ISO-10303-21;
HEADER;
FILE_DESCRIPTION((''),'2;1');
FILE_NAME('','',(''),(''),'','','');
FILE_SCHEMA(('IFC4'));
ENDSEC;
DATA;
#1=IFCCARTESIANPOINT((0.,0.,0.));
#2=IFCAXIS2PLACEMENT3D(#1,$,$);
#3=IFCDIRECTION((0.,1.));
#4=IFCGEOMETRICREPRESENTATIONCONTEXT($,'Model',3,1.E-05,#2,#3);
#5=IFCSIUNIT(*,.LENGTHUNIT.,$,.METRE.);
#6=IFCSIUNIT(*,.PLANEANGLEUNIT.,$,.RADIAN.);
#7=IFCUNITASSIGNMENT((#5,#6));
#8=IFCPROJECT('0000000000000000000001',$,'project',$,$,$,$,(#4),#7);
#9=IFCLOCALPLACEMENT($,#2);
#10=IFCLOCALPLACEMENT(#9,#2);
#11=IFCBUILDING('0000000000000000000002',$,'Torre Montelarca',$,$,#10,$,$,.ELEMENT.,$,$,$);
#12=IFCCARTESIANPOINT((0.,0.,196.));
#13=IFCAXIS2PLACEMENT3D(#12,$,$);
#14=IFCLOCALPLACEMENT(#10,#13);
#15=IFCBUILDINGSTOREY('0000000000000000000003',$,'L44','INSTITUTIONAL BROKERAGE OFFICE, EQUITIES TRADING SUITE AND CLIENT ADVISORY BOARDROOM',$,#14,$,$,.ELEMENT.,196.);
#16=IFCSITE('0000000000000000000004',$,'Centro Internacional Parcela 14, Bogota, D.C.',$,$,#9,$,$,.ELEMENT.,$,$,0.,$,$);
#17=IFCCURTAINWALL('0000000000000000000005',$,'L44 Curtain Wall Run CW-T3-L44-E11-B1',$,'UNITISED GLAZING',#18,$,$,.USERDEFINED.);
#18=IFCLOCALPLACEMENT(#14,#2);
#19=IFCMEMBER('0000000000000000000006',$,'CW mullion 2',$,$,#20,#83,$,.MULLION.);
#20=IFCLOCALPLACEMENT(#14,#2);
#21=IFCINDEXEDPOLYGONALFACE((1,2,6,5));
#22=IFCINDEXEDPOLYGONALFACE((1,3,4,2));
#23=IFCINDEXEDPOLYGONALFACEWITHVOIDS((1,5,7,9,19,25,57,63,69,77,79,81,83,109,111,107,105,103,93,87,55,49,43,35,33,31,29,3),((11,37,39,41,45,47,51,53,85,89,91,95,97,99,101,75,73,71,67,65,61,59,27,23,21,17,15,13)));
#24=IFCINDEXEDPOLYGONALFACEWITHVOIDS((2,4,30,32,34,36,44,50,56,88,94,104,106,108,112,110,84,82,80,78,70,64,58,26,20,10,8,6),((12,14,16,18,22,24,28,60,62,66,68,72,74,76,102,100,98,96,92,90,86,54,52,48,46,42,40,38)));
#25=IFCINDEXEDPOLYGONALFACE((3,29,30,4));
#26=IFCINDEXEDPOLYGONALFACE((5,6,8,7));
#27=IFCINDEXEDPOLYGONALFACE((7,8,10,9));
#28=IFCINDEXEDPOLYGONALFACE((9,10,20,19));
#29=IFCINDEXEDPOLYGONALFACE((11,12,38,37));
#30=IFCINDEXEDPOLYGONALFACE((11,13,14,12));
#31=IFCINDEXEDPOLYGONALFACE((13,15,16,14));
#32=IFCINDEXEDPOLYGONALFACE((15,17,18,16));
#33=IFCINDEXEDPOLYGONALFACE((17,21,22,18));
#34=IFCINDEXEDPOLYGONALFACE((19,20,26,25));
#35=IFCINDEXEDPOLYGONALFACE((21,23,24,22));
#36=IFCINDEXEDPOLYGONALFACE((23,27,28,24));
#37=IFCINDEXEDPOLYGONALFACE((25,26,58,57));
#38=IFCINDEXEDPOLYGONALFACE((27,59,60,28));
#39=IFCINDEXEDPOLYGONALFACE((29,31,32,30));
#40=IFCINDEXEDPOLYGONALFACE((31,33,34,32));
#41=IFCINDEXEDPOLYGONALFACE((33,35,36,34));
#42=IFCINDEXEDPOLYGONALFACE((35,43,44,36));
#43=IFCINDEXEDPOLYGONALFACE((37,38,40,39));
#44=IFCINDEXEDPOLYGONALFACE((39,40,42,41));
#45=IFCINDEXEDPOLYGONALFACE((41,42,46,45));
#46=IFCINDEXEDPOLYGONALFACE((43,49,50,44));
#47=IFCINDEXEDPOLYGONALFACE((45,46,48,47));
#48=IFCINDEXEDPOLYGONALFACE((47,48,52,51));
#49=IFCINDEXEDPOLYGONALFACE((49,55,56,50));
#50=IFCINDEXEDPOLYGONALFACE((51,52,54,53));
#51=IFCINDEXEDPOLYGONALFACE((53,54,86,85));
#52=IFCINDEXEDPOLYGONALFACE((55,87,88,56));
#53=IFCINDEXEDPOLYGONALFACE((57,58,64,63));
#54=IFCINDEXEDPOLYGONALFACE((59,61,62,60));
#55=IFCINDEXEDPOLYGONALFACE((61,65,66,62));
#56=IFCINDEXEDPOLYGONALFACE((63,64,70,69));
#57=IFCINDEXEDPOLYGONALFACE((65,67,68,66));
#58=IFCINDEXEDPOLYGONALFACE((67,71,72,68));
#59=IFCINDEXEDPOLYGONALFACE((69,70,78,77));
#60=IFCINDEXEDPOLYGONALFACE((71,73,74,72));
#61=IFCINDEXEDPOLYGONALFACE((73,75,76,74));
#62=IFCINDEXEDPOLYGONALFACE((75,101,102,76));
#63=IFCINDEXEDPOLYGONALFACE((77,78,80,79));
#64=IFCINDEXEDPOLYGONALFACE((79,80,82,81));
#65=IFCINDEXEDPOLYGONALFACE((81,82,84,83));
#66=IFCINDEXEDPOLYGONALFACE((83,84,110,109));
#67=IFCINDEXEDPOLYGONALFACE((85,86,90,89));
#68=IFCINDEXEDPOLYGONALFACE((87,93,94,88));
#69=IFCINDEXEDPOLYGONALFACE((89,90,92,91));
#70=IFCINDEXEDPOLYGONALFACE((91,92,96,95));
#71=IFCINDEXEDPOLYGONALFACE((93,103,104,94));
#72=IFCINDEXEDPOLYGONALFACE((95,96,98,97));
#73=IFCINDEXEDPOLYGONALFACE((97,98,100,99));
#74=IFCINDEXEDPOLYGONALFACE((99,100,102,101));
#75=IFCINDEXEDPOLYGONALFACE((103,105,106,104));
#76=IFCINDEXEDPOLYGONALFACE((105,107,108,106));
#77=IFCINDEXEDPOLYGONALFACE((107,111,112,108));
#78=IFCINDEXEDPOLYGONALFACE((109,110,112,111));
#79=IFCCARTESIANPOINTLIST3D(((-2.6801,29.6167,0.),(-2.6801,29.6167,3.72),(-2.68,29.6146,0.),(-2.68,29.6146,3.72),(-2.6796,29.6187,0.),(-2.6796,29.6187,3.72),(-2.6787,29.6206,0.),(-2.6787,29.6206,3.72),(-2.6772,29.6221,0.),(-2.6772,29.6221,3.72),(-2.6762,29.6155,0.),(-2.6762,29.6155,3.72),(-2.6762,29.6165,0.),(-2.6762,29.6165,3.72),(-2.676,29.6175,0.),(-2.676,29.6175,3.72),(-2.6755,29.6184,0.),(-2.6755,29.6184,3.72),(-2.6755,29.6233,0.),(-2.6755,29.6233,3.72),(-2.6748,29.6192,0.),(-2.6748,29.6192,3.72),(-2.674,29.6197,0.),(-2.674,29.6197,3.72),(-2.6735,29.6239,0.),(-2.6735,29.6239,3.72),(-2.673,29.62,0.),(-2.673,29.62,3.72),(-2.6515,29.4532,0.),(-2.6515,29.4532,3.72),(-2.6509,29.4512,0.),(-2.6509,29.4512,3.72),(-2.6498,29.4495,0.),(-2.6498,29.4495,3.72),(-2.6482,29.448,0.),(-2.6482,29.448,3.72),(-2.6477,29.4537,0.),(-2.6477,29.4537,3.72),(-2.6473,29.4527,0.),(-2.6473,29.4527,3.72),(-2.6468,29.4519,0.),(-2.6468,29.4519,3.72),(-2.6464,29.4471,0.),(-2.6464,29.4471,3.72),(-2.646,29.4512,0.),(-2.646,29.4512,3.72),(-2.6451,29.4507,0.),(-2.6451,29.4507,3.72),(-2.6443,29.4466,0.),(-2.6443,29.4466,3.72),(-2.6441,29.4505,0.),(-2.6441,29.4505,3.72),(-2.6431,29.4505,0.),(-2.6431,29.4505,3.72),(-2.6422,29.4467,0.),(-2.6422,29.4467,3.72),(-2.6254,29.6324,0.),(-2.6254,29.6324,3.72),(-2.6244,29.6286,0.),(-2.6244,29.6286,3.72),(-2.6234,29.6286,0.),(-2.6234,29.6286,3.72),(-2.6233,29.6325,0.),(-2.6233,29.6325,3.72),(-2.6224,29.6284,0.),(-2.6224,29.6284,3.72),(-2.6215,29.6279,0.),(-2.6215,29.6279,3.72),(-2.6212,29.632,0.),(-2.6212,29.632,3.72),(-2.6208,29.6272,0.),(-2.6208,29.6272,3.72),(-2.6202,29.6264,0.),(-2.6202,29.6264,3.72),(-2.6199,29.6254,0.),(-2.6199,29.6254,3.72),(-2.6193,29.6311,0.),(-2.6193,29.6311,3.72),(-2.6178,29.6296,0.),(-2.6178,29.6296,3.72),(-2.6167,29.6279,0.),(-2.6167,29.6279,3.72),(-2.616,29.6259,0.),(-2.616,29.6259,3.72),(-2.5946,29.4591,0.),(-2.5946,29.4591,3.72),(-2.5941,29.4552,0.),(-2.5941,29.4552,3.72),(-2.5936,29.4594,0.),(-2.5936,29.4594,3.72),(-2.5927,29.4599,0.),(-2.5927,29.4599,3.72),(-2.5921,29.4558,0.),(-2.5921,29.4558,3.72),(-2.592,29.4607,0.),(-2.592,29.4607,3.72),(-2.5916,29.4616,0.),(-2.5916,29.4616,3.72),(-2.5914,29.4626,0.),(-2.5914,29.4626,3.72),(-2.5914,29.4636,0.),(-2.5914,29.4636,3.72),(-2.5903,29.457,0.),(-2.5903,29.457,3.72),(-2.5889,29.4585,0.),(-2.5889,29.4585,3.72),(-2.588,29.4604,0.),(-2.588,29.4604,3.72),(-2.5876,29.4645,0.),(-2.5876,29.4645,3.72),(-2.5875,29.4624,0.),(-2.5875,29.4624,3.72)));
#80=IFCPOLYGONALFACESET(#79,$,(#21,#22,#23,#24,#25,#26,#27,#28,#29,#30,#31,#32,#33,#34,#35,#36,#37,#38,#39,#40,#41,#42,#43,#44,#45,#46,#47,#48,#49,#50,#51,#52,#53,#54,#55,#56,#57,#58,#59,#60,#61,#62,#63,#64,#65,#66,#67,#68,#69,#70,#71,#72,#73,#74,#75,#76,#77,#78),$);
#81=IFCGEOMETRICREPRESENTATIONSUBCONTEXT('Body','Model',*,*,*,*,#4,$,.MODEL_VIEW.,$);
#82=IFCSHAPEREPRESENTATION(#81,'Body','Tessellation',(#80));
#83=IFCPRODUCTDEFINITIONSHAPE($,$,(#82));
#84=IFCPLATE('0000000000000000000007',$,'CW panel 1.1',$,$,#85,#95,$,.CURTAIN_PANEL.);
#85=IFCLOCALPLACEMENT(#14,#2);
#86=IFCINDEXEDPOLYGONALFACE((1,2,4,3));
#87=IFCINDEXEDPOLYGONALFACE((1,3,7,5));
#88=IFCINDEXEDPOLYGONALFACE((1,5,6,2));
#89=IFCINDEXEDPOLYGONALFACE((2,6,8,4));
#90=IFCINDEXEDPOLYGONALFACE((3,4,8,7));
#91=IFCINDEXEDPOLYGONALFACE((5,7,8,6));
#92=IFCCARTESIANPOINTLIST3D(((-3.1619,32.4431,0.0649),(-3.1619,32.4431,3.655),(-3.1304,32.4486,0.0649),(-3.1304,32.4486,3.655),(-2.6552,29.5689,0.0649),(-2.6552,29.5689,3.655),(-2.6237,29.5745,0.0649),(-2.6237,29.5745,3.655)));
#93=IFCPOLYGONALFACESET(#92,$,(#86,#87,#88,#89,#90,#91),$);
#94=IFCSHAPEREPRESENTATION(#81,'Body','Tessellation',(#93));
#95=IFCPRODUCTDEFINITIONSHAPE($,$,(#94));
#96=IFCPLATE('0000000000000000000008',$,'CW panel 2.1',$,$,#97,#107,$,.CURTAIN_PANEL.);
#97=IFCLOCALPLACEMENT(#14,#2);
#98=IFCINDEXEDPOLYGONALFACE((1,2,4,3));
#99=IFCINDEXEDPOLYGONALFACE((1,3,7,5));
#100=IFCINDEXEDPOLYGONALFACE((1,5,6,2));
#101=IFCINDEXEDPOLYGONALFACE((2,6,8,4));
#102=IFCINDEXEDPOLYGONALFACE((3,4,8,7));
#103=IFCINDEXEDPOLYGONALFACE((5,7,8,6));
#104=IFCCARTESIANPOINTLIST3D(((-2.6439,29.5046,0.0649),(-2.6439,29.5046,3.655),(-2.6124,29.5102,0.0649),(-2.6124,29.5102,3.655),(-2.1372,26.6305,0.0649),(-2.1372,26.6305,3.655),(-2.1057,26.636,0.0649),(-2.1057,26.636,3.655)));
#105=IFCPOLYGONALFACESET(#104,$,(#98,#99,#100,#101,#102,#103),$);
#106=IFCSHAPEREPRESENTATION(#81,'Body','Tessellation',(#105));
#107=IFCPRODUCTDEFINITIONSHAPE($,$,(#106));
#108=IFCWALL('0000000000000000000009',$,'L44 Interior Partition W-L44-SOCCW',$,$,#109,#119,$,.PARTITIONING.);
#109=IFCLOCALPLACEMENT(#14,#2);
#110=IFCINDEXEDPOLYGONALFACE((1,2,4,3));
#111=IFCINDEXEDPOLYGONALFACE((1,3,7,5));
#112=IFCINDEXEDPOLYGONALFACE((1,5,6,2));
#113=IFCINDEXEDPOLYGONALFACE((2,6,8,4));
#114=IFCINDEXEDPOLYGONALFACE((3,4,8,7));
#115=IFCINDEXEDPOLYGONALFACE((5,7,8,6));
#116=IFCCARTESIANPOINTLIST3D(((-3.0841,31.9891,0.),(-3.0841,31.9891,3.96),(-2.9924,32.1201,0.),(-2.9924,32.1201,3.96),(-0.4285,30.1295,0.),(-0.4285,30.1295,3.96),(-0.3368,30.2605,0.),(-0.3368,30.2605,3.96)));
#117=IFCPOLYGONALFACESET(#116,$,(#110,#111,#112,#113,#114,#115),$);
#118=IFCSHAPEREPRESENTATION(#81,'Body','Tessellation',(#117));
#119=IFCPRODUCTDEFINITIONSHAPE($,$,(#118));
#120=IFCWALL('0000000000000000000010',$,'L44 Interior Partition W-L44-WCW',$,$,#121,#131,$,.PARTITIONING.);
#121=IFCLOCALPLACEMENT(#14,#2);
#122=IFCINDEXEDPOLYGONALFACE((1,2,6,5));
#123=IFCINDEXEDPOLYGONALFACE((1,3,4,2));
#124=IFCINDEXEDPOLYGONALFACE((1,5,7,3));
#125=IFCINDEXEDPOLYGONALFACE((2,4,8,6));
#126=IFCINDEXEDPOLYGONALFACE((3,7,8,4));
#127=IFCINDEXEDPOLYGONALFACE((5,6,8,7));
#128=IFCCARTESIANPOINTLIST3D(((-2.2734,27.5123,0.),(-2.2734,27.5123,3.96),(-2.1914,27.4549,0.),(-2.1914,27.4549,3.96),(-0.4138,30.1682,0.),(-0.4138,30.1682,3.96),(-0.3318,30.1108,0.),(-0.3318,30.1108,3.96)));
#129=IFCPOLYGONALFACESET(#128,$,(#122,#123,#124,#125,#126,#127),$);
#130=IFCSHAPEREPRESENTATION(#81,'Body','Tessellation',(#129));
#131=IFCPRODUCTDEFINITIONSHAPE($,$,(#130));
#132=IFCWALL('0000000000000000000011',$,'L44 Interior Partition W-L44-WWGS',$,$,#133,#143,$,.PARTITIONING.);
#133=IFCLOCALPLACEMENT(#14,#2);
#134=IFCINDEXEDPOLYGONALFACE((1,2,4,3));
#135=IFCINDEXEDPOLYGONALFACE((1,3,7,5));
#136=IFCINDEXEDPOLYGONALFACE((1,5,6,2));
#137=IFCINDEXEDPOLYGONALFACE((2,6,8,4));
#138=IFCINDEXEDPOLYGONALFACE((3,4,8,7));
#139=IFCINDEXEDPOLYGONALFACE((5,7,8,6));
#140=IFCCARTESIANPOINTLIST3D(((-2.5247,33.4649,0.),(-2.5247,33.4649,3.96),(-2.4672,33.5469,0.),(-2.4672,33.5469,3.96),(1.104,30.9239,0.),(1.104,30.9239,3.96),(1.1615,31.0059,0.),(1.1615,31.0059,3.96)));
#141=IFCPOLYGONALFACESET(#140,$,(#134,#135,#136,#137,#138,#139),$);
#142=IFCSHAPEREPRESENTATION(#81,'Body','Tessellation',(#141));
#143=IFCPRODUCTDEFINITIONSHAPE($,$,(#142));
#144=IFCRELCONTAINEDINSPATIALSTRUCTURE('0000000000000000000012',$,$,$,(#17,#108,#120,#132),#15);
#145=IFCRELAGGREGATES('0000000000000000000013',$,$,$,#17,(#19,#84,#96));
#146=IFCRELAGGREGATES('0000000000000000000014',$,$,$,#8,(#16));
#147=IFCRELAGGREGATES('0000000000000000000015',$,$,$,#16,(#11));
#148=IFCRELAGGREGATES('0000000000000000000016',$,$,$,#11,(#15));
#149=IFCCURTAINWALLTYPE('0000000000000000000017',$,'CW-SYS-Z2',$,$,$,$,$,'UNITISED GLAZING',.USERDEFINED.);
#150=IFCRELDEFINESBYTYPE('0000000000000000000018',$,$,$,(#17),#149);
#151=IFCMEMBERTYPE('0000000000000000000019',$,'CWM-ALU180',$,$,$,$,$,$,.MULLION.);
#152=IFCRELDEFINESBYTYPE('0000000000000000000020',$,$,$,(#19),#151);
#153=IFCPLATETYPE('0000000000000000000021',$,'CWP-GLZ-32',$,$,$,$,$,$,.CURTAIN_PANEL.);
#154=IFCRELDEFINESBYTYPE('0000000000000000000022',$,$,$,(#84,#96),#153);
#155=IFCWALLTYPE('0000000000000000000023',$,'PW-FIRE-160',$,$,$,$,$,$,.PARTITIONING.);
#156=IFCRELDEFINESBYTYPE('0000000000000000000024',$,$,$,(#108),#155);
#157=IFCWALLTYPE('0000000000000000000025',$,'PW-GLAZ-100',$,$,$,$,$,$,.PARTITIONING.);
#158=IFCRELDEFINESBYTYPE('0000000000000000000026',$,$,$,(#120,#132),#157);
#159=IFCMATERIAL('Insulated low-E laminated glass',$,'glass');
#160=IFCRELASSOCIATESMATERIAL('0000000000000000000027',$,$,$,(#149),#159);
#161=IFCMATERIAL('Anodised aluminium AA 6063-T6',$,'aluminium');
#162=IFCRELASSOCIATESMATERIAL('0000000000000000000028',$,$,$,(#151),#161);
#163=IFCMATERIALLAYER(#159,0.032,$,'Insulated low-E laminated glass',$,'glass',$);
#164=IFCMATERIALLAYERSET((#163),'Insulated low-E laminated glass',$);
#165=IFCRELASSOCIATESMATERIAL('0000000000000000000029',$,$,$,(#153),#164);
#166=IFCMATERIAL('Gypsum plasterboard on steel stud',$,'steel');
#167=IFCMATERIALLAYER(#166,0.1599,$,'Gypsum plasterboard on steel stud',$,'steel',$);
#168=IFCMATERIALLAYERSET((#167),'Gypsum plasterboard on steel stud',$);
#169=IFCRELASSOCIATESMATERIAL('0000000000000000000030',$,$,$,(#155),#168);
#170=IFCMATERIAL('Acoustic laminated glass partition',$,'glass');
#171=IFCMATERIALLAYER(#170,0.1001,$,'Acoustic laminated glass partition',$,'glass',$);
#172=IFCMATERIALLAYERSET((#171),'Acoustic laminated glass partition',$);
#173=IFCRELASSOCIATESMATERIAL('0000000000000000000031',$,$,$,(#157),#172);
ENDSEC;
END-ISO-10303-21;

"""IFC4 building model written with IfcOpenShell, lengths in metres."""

from ifc_helpers import new_model, si_unit, direction, frame, frame_2d, origin, origin_2d, place, context, subcontext, project, spatial, rectangle, hollow_rectangle, extrude, source, transform, mapped, material, layer, layer_set, material_profile, profile_set, type_object, element, aggregate, save


model = new_model("IFC4")

# Units and contexts
model_context = context("Model", 3, precision=1e-05, world=origin(), true_north=direction((0.0, 1.0)))
body_context = subcontext(model_context, "Body", "Model", "MODEL_VIEW")
ifc_project = project(units=[si_unit("LENGTHUNIT", "METRE"), si_unit("PLANEANGLEUNIT", "RADIAN")], contexts=[model_context])

# Site, building, storey
site_placement = place(None, origin())
site = spatial("IfcSite", under=ifc_project, at=site_placement, Name="Centro Internacional Parcela 14, Bogota, D.C.", CompositionType="ELEMENT", RefElevation=0.0)
building_placement = place(site_placement, origin())
building = spatial("IfcBuilding", under=site, at=building_placement, Name="Torre Montelarca", CompositionType="ELEMENT")
storey_placement = place(building_placement, frame((0.0, 0.0, 196.0)))
storey = spatial("IfcBuildingStorey", under=building, at=storey_placement, Name="L44", Description="INSTITUTIONAL BROKERAGE OFFICE, EQUITIES TRADING SUITE AND CLIENT ADVISORY BOARDROOM", CompositionType="ELEMENT", Elevation=196.0)

# Curtain wall
ifc_material_1 = material(Name="Insulated low-E laminated glass", Category="glass")
curtain_wall_type = type_object("IfcCurtainWallType", Name="CW-SYS-Z2", ElementType="UNITISED GLAZING", PredefinedType="USERDEFINED", material=ifc_material_1)
curtain_wall_1_placement = place(storey_placement, origin())
curtain_wall_1 = element("IfcCurtainWall", 1, at=curtain_wall_1_placement, inside=storey, type_object=curtain_wall_type, Name="L44 Curtain Wall Run CW-T3-L44-E11-B1", ObjectType="UNITISED GLAZING", PredefinedType="USERDEFINED")
ifc_material_2 = material(Name="Anodised aluminium AA 6063-T6", Category="aluminium")

# Shared definitions
ifc_material_profile_1 = material_profile(ifc_material_2, hollow_rectangle(XDim=0.0649, YDim=0.1799, WallThickness=0.0039, InnerFilletRadius=0.0039, OuterFilletRadius=0.0081, at=origin_2d()), Name="ALU65X180X4", Category="aluminium")
ifc_profile_set_1 = profile_set([ifc_material_profile_1], Name="Anodised aluminium AA 6063-T6")
member_type_1 = type_object("IfcMemberType", Name="CWM-ALU180", PredefinedType="MULLION", material=ifc_profile_set_1)
shared_shape_1 = source(origin(), body_context, "Body", "SweptSolid", [
    extrude(hollow_rectangle(XDim=0.0649, YDim=0.1799, WallThickness=0.0039, InnerFilletRadius=0.0039, OuterFilletRadius=0.0081, at=origin_2d()), origin(), (0.0, 0.0, 1.0), 3.72),
])

# Member
member_1_placement = place(storey_placement, frame((-2.6338, 29.5396, 0.0), z_axis=(0.0, 0.0, 1.0), x_axis=(0.984813, 0.173621, 0.0)))
member_1 = element("IfcMember", 2, at=member_1_placement, type_object=member_type_1, Name="CW mullion 2", PredefinedType="MULLION", context=body_context, shape_type="MappedRepresentation", body=[
    mapped(shared_shape_1, transform((0.0, 0.0, 0.0), scale=1.0)),
])

# Plates
ifc_layer_1 = layer(ifc_material_1, 0.032, Name="Insulated low-E laminated glass", Category="glass")
ifc_layer_set_1 = layer_set([ifc_layer_1], Name="Insulated low-E laminated glass")
plate_type = type_object("IfcPlateType", Name="CWP-GLZ-32", PredefinedType="CURTAIN_PANEL", material=ifc_layer_set_1)
shared_shape_2 = source(origin(), body_context, "Body", "SweptSolid", [
    extrude(rectangle(XDim=2.9185, YDim=0.032, at=origin_2d()), origin(), (0.0, 0.0, 1.0), 3.5901),
])
plate_1_placement = place(storey_placement, frame((-2.8928, 31.0088, 0.0649), z_axis=(0.0, 0.0, 1.0), x_axis=(0.173621, -0.984813, 0.0)))
plate_1 = element("IfcPlate", 3, at=plate_1_placement, type_object=plate_type, Name="CW panel 1.1", PredefinedType="CURTAIN_PANEL", context=body_context, shape_type="MappedRepresentation", body=[
    mapped(shared_shape_2, transform((0.0, 0.0, 0.0), scale=1.0)),
])
plate_2_placement = place(storey_placement, frame((-2.3748, 28.0703, 0.0649), z_axis=(0.0, 0.0, 1.0), x_axis=(0.173621, -0.984813, 0.0)))
plate_2 = element("IfcPlate", 4, at=plate_2_placement, type_object=plate_type, Name="CW panel 2.1", PredefinedType="CURTAIN_PANEL", context=body_context, shape_type="MappedRepresentation", body=[
    mapped(shared_shape_2, transform((0.0, 0.0, 0.0), scale=1.0)),
])
aggregate(curtain_wall_1, [member_1, plate_1, plate_2])

# Walls
ifc_material_3 = material(Name="Gypsum plasterboard on steel stud", Category="steel")
ifc_layer_2 = layer(ifc_material_3, 0.1599, Name="Gypsum plasterboard on steel stud", Category="steel")
ifc_layer_set_2 = layer_set([ifc_layer_2], Name="Gypsum plasterboard on steel stud")
wall_type_1 = type_object("IfcWallType", Name="PW-FIRE-160", PredefinedType="PARTITIONING", material=ifc_layer_set_2)
wall_1_placement = place(storey_placement, frame((-3.0383, 32.0547, 0.0), z_axis=(0.0, 0.0, 1.0), x_axis=(0.819122, -0.573619, 0.0)))
element("IfcWall", 5, at=wall_1_placement, inside=storey, type_object=wall_type_1, Name="L44 Interior Partition W-L44-SOCCW", PredefinedType="PARTITIONING", context=body_context, shape_type="SweptSolid", body=[
    extrude(rectangle(XDim=3.2419, YDim=0.1599, at=frame_2d((1.6211, 0.0))), origin(), (0.0, 0.0, 1.0), 3.96),
])
ifc_material_4 = material(Name="Acoustic laminated glass partition", Category="glass")
ifc_layer_3 = layer(ifc_material_4, 0.1001, Name="Acoustic laminated glass partition", Category="glass")
ifc_layer_set_3 = layer_set([ifc_layer_3], Name="Acoustic laminated glass partition")
wall_type_2 = type_object("IfcWallType", Name="PW-GLAZ-100", PredefinedType="PARTITIONING", material=ifc_layer_set_3)
wall_2_placement = place(storey_placement, frame((-2.2324, 27.4836, 0.0), z_axis=(0.0, 0.0, 1.0), x_axis=(0.573584, 0.819147, 0.0)))
element("IfcWall", 6, at=wall_2_placement, inside=storey, type_object=wall_type_2, Name="L44 Interior Partition W-L44-WCW", PredefinedType="PARTITIONING", context=body_context, shape_type="SweptSolid", body=[
    extrude(rectangle(XDim=3.2422, YDim=0.1001, at=frame_2d((1.6211, 0.0))), origin(), (0.0, 0.0, 1.0), 3.96),
])
wall_3_placement = place(storey_placement, frame((-2.4958, 33.5059, 0.0), z_axis=(0.0, 0.0, 1.0), x_axis=(0.819131, -0.573607, 0.0)))
element("IfcWall", 7, at=wall_3_placement, inside=storey, type_object=wall_type_2, Name="L44 Interior Partition W-L44-WWGS", PredefinedType="PARTITIONING", context=body_context, shape_type="SweptSolid", body=[
    extrude(rectangle(XDim=4.4299, YDim=0.1001, at=frame_2d((2.2148, 0.0))), origin(), (0.0, 0.0, 1.0), 3.96),
])

save(model, "model.ifc")
